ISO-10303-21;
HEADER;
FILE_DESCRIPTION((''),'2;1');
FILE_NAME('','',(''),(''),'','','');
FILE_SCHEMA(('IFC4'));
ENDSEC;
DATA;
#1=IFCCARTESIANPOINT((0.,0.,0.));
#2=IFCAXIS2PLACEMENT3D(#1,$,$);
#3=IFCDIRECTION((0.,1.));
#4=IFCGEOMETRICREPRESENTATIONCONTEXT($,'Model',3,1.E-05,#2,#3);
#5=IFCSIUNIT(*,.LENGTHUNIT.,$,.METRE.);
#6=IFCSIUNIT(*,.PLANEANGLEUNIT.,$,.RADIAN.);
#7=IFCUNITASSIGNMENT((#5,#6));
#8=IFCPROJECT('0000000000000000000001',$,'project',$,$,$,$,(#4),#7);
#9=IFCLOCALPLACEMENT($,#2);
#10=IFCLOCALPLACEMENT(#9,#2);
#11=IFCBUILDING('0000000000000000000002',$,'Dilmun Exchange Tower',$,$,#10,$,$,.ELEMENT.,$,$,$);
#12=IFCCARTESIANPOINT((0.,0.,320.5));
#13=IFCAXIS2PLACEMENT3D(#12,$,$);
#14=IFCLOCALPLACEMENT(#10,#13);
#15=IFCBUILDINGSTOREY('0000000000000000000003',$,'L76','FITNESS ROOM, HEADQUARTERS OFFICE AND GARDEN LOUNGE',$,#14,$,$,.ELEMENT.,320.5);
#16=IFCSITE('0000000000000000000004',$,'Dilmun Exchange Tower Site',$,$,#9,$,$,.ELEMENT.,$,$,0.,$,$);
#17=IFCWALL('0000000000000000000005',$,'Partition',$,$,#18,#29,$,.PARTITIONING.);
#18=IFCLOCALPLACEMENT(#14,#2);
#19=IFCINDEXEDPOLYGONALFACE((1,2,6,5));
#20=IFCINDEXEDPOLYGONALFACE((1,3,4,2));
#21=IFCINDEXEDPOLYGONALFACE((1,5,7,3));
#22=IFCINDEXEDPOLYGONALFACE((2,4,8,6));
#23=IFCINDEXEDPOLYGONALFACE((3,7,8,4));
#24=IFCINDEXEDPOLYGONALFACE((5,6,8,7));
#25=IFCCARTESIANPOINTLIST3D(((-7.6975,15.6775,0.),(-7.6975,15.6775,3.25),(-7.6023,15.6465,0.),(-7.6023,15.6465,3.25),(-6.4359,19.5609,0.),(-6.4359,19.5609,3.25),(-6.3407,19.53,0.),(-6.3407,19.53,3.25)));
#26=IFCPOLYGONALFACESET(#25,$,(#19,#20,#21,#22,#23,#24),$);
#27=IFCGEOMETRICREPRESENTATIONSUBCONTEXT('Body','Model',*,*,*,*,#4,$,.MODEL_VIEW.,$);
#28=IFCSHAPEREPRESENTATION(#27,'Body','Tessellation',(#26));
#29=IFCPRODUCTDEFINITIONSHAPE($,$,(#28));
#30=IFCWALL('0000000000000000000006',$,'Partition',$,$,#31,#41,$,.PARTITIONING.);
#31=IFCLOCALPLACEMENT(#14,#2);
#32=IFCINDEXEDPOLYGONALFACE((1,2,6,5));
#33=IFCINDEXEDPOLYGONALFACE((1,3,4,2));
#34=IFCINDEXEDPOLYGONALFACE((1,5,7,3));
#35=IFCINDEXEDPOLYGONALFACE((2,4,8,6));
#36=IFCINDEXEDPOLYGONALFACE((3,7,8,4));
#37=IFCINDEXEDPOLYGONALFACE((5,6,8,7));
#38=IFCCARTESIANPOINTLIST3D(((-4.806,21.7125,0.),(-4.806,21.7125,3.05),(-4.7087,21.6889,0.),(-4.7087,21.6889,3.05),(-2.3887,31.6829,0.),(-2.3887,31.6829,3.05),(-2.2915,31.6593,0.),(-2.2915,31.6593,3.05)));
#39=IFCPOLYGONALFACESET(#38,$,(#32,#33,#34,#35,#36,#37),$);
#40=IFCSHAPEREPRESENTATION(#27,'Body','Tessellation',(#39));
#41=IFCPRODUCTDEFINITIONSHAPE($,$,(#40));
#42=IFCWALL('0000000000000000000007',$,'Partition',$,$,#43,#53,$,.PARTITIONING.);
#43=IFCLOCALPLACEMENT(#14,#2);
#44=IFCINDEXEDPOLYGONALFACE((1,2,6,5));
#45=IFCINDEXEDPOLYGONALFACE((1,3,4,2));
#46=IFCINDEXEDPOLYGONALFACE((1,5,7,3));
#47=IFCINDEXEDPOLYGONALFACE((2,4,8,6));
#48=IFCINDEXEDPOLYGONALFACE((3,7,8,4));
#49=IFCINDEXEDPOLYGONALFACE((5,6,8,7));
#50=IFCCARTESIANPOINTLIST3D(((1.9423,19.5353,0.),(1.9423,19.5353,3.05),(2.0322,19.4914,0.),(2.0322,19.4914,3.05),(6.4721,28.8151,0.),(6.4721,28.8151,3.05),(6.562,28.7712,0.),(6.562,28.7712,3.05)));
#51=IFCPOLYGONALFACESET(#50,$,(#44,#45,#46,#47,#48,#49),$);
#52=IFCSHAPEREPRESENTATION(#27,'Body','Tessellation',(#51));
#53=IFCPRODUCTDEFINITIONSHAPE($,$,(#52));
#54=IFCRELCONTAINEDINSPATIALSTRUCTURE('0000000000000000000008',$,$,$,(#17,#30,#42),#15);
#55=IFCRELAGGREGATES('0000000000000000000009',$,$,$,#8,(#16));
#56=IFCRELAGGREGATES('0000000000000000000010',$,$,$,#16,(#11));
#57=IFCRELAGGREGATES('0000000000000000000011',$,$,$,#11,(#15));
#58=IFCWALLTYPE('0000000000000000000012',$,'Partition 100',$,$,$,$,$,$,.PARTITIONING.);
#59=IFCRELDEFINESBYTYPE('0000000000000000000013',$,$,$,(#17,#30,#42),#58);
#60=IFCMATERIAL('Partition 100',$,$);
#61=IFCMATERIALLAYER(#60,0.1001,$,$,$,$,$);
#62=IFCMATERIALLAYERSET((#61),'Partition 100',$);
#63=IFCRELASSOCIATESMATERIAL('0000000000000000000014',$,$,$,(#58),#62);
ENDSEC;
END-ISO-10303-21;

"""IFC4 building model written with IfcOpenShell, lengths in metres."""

from ifc_helpers import new_model, si_unit, direction, frame, frame_2d, origin, place, context, subcontext, project, spatial, rectangle, extrude, material, layer, layer_set, type_object, element, save


model = new_model("IFC4")

# Units and contexts
model_context = context("Model", 3, precision=1e-05, world=origin(), true_north=direction((0.0, 1.0)))
body_context = subcontext(model_context, "Body", "Model", "MODEL_VIEW")
ifc_project = project(units=[si_unit("LENGTHUNIT", "METRE"), si_unit("PLANEANGLEUNIT", "RADIAN")], contexts=[model_context])

# Site, building, storey
site_placement = place(None, origin())
site = spatial("IfcSite", under=ifc_project, at=site_placement, Name="Dilmun Exchange Tower Site", CompositionType="ELEMENT", RefElevation=0.0)
building_placement = place(site_placement, origin())
building = spatial("IfcBuilding", under=site, at=building_placement, Name="Dilmun Exchange Tower", CompositionType="ELEMENT")
storey_placement = place(building_placement, frame((0.0, 0.0, 320.5)))
storey = spatial("IfcBuildingStorey", under=building, at=storey_placement, Name="L76", Description="FITNESS ROOM, HEADQUARTERS OFFICE AND GARDEN LOUNGE", CompositionType="ELEMENT", Elevation=320.5)

# Walls
ifc_material_1 = material(Name="Partition 100")
ifc_layer_1 = layer(ifc_material_1, 0.1001)
ifc_layer_set_1 = layer_set([ifc_layer_1], Name="Partition 100")
wall_type_1 = type_object("IfcWallType", Name="Partition 100", PredefinedType="PARTITIONING", material=ifc_layer_set_1)
wall_1_placement = place(storey_placement, frame((-7.6499, 15.6621, 0.0), z_axis=(0.0, 0.0, 1.0), x_axis=(0.30899, 0.951065, 0.0)))
element("IfcWall", 1, at=wall_1_placement, inside=storey, type_object=wall_type_1, Name="Partition", PredefinedType="PARTITIONING", context=body_context, shape_type="SweptSolid", body=[
    extrude(rectangle(XDim=4.0833, YDim=0.1001, at=frame_2d((2.0415, 0.0))), origin(), (0.0, 0.0, 1.0), 3.25),
])
wall_2_placement = place(storey_placement, frame((-4.7573, 21.7007, 0.0), z_axis=(0.0, 0.0, 1.0), x_axis=(0.235614, 0.971847, 0.0)))
element("IfcWall", 2, at=wall_2_placement, inside=storey, type_object=wall_type_1, Name="Partition", PredefinedType="PARTITIONING", context=body_context, shape_type="SweptSolid", body=[
    extrude(rectangle(XDim=10.2593, YDim=0.1001, at=frame_2d((5.1296, 0.0))), origin(), (0.0, 0.0, 1.0), 3.05),
])
wall_3_placement = place(storey_placement, frame((1.9873, 19.5134, 0.0), z_axis=(0.0, 0.0, 1.0), x_axis=(0.438663, 0.898652, 0.0)))
element("IfcWall", 3, at=wall_3_placement, inside=storey, type_object=wall_type_1, Name="Partition", PredefinedType="PARTITIONING", context=body_context, shape_type="SweptSolid", body=[
    extrude(rectangle(XDim=10.3264, YDim=0.1001, at=frame_2d((5.1631, 0.0))), origin(), (0.0, 0.0, 1.0), 3.05),
])

save(model, "model.ifc")
